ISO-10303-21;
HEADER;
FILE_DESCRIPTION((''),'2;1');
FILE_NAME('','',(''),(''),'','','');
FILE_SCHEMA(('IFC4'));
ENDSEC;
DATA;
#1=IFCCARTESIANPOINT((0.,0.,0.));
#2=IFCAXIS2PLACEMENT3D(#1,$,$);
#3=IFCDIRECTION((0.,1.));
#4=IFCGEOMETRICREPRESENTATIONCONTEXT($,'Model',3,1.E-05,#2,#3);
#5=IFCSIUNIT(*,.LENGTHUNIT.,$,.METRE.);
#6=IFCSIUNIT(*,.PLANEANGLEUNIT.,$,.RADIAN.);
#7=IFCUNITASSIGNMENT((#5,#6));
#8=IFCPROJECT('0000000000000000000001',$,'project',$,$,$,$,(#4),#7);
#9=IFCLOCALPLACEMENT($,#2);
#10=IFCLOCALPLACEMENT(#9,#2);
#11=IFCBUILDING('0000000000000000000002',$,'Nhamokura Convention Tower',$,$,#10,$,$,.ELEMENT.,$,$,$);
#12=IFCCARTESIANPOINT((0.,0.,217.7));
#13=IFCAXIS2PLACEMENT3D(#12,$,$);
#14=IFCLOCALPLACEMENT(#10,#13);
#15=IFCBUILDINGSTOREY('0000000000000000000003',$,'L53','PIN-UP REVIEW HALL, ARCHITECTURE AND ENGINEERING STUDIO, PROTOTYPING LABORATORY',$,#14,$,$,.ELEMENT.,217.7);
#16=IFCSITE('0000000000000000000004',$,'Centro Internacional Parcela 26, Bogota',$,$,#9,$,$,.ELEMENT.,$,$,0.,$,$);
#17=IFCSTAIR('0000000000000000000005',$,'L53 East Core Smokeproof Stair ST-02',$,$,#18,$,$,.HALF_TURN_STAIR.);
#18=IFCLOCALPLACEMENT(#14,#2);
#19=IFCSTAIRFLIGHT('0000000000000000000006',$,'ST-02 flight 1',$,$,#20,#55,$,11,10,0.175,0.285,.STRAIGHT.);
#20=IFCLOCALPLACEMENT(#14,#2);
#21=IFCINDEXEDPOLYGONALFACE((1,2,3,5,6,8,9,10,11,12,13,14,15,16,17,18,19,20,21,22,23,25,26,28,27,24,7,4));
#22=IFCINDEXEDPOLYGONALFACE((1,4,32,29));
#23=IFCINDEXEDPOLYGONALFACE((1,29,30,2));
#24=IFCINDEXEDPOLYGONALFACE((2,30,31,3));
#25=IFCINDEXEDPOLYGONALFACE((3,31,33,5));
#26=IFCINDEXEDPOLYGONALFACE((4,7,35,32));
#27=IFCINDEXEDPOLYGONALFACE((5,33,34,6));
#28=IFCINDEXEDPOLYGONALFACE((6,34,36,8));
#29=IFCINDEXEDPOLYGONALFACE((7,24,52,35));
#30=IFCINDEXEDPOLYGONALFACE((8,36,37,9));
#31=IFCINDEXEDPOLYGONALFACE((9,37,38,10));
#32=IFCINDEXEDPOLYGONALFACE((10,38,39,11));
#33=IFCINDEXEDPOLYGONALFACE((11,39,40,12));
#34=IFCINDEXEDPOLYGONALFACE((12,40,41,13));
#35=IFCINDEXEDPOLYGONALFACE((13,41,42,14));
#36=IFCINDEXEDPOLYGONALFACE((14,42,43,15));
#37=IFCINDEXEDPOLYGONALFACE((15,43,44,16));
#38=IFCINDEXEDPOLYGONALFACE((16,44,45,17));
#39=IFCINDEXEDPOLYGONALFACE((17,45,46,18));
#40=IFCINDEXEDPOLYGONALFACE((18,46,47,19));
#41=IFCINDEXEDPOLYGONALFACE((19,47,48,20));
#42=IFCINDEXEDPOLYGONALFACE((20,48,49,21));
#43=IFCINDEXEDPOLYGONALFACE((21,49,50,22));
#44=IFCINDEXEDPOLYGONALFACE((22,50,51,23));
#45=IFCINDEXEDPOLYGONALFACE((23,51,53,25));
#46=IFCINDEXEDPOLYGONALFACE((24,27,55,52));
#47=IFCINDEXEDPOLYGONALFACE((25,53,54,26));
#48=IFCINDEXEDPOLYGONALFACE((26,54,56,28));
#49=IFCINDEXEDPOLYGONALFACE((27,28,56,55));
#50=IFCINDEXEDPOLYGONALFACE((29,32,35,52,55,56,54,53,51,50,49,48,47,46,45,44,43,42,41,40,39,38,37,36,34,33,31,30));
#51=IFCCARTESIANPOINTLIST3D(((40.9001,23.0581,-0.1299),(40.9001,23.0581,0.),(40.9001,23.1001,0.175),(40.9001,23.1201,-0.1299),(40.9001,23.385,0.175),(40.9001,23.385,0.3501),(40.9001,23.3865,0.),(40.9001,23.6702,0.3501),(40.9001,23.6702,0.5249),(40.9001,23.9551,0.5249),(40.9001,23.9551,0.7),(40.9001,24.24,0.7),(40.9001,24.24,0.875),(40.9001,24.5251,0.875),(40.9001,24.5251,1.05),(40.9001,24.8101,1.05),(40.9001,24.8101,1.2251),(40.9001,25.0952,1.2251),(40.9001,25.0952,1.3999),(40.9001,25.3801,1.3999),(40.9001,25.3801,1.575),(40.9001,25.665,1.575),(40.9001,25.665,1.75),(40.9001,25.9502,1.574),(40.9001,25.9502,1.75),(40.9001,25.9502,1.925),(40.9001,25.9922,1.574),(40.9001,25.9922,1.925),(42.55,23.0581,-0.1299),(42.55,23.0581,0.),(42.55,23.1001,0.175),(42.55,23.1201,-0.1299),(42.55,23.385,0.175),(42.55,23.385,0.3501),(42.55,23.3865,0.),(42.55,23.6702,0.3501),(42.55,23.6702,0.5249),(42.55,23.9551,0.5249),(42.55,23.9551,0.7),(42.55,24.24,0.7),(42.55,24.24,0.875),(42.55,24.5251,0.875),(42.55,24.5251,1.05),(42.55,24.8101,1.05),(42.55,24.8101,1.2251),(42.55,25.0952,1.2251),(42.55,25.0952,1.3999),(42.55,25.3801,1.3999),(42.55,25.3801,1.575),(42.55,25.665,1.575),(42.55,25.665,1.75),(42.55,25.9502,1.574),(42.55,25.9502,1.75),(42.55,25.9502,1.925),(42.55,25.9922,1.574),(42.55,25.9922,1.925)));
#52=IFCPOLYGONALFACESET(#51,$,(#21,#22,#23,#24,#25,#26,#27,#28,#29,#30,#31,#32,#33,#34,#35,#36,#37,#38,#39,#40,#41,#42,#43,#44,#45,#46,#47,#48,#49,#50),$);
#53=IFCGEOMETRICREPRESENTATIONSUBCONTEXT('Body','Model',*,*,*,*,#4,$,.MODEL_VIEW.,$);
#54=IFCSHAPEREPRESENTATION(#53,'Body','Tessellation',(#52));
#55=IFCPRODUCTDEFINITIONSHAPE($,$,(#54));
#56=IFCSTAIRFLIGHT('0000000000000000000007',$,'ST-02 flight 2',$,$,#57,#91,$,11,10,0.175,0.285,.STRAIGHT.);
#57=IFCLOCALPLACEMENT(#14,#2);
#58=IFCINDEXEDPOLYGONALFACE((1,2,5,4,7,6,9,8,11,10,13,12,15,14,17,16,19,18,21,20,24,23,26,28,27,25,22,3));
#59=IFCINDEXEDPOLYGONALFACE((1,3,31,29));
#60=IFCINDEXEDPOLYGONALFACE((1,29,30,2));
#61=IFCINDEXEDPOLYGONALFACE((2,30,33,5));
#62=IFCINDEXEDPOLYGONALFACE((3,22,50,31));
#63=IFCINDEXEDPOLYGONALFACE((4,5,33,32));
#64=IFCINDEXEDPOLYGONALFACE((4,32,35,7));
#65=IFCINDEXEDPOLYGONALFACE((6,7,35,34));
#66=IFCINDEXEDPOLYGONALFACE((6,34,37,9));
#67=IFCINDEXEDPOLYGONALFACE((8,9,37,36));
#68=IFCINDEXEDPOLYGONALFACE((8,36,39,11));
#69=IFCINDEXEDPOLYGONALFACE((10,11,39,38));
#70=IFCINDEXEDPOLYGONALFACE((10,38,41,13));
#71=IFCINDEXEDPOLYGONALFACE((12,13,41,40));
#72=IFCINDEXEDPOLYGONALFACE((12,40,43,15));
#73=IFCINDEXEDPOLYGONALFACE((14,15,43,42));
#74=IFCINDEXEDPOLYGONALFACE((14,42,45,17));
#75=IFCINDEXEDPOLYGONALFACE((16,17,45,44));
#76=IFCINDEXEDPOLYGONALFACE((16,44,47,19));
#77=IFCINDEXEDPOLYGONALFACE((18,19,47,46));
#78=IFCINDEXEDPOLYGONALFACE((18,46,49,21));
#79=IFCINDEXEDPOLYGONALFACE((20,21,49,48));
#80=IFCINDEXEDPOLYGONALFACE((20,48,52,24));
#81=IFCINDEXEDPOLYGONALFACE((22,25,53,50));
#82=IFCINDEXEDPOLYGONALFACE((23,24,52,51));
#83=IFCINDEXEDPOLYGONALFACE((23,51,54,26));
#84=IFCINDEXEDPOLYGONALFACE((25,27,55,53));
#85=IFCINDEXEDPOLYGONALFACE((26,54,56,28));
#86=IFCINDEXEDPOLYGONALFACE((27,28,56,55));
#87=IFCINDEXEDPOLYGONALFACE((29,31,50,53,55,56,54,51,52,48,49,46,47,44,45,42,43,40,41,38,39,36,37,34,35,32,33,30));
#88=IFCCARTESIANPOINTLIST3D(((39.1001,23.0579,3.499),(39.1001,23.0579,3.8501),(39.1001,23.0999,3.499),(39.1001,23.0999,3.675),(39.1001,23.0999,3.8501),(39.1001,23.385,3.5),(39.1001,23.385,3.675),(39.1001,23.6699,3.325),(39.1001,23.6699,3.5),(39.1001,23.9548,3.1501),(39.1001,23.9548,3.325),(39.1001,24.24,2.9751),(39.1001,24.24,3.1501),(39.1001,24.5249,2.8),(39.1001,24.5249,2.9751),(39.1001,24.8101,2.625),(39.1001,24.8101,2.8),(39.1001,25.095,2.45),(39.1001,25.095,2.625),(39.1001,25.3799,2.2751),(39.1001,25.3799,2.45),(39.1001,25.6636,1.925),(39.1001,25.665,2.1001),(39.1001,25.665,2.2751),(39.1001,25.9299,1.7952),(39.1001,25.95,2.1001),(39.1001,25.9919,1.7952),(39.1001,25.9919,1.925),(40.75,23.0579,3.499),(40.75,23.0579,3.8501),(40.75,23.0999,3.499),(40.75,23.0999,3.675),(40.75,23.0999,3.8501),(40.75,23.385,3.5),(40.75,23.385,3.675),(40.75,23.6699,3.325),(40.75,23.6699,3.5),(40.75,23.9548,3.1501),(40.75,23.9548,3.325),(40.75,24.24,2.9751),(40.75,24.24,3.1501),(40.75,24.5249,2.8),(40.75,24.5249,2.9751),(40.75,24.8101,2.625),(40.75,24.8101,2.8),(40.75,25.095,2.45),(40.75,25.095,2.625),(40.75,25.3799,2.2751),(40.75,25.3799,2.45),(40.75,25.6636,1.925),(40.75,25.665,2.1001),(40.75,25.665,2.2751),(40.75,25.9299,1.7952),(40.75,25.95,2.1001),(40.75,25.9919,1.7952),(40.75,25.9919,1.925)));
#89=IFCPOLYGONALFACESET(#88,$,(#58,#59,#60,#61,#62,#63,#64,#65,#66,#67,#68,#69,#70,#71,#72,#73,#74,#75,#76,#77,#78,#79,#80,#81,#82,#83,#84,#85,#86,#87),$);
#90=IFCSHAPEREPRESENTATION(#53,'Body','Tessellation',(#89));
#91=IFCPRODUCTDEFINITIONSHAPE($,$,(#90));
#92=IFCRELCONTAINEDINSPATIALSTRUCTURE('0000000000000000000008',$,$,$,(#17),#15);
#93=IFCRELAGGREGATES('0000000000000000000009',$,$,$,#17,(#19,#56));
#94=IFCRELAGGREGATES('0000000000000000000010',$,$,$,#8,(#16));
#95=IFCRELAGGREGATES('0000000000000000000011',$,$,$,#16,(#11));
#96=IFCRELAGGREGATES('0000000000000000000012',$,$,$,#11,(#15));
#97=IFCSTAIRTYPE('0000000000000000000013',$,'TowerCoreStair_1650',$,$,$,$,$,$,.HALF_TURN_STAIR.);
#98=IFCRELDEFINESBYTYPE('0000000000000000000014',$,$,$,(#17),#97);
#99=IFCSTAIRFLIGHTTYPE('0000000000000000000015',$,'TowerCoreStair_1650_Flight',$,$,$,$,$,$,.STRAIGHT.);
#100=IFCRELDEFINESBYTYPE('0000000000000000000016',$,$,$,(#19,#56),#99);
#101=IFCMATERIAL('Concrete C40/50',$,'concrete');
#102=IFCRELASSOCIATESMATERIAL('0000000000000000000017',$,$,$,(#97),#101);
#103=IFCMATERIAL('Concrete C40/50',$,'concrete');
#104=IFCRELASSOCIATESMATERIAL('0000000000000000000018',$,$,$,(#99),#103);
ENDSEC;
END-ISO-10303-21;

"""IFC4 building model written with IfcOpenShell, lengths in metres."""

from ifc_helpers import new_model, si_unit, direction, frame, origin, place, context, subcontext, project, spatial, polyline, outline, extrude, material, type_object, element, aggregate, save


model = new_model("IFC4")

# Units and contexts
model_context = context("Model", 3, precision=1e-05, world=origin(), true_north=direction((0.0, 1.0)))
body_context = subcontext(model_context, "Body", "Model", "MODEL_VIEW")
ifc_project = project(units=[si_unit("LENGTHUNIT", "METRE"), si_unit("PLANEANGLEUNIT", "RADIAN")], contexts=[model_context])

# Site, building, storey
site_placement = place(None, origin())
site = spatial("IfcSite", under=ifc_project, at=site_placement, Name="Centro Internacional Parcela 26, Bogota", CompositionType="ELEMENT", RefElevation=0.0)
building_placement = place(site_placement, origin())
building = spatial("IfcBuilding", under=site, at=building_placement, Name="Nhamokura Convention Tower", CompositionType="ELEMENT")
storey_placement = place(building_placement, frame((0.0, 0.0, 217.7)))
storey = spatial("IfcBuildingStorey", under=building, at=storey_placement, Name="L53", Description="PIN-UP REVIEW HALL, ARCHITECTURE AND ENGINEERING STUDIO, PROTOTYPING LABORATORY", CompositionType="ELEMENT", Elevation=217.7)

# Stair, stair flights
ifc_material_1 = material(Name="Concrete C40/50", Category="concrete")
stair_type = type_object("IfcStairType", Name="TowerCoreStair_1650", PredefinedType="HALF_TURN_STAIR", material=ifc_material_1)
stair_placement = place(storey_placement, origin())
stair = element("IfcStair", 1, at=stair_placement, inside=storey, type_object=stair_type, Name="L53 East Core Smokeproof Stair ST-02", PredefinedType="HALF_TURN_STAIR")
ifc_material_2 = material(Name="Concrete C40/50", Category="concrete")
stair_flight_type = type_object("IfcStairFlightType", Name="TowerCoreStair_1650_Flight", PredefinedType="STRAIGHT", material=ifc_material_2)
stair_flight_1_placement = place(storey_placement, frame((41.7251, 23.1001, 0.0), z_axis=(0.0, 0.0, 1.0), x_axis=(0.0, 1.0, 0.0)))
stair_flight_1 = element("IfcStairFlight", 2, at=stair_flight_1_placement, type_object=stair_flight_type, Name="ST-02 flight 1", NumberOfRisers=11, NumberOfTreads=10, PredefinedType="STRAIGHT", RiserHeight=0.175, TreadLength=0.285, context=body_context, shape_type="SweptSolid", body=[
    extrude(outline(polyline([(-0.042, 0.0), (0.0, 0.175), (0.2849, 0.175), (0.2849, 0.3501), (0.5701, 0.3501), (0.5701, 0.5249), (0.855, 0.5249), (0.855, 0.7), (1.1399, 0.7), (1.1399, 0.875), (1.425, 0.875), (1.425, 1.05), (1.71, 1.05), (1.71, 1.2251), (1.9951, 1.2251), (1.9951, 1.3999), (2.28, 1.3999), (2.28, 1.575), (2.5649, 1.575), (2.5649, 1.75), (2.8501, 1.75), (2.8501, 1.925), (2.8921, 1.925), (2.8921, 1.574), (2.8501, 1.574), (0.2864, 0.0), (0.02, -0.1299), (-0.042, -0.1299), (-0.042, 0.0)])), frame((0.0, 0.825, 0.0), z_axis=(0.0, -1.0, 0.0), x_axis=(1.0, 0.0, 0.0)), (0.0, 0.0, 1.0), 1.6499),
])
stair_flight_2_placement = place(storey_placement, frame((39.925, 25.95, 1.925), z_axis=(0.0, 0.0, 1.0), x_axis=(0.0, -1.0, 0.0)))
stair_flight_2 = element("IfcStairFlight", 3, at=stair_flight_2_placement, type_object=stair_flight_type, Name="ST-02 flight 2", NumberOfRisers=11, NumberOfTreads=10, PredefinedType="STRAIGHT", RiserHeight=0.175, TreadLength=0.285, context=body_context, shape_type="SweptSolid", body=[
    extrude(outline(polyline([(-0.042, 0.0), (0.0, 0.175), (0.2849, 0.175), (0.2849, 0.3501), (0.5701, 0.3501), (0.5701, 0.5249), (0.855, 0.5249), (0.855, 0.7), (1.1399, 0.7), (1.1399, 0.875), (1.425, 0.875), (1.425, 1.05), (1.71, 1.05), (1.71, 1.2251), (1.9951, 1.2251), (1.9951, 1.3999), (2.28, 1.3999), (2.28, 1.575), (2.5649, 1.575), (2.5649, 1.75), (2.8501, 1.75), (2.8501, 1.925), (2.8921, 1.925), (2.8921, 1.574), (2.8501, 1.574), (0.2864, 0.0), (0.02, -0.1299), (-0.042, -0.1299), (-0.042, 0.0)])), frame((0.0, 0.825, 0.0), z_axis=(0.0, -1.0, 0.0), x_axis=(1.0, 0.0, 0.0)), (0.0, 0.0, 1.0), 1.6499),
])
aggregate(stair, [stair_flight_1, stair_flight_2])

save(model, "model.ifc")
